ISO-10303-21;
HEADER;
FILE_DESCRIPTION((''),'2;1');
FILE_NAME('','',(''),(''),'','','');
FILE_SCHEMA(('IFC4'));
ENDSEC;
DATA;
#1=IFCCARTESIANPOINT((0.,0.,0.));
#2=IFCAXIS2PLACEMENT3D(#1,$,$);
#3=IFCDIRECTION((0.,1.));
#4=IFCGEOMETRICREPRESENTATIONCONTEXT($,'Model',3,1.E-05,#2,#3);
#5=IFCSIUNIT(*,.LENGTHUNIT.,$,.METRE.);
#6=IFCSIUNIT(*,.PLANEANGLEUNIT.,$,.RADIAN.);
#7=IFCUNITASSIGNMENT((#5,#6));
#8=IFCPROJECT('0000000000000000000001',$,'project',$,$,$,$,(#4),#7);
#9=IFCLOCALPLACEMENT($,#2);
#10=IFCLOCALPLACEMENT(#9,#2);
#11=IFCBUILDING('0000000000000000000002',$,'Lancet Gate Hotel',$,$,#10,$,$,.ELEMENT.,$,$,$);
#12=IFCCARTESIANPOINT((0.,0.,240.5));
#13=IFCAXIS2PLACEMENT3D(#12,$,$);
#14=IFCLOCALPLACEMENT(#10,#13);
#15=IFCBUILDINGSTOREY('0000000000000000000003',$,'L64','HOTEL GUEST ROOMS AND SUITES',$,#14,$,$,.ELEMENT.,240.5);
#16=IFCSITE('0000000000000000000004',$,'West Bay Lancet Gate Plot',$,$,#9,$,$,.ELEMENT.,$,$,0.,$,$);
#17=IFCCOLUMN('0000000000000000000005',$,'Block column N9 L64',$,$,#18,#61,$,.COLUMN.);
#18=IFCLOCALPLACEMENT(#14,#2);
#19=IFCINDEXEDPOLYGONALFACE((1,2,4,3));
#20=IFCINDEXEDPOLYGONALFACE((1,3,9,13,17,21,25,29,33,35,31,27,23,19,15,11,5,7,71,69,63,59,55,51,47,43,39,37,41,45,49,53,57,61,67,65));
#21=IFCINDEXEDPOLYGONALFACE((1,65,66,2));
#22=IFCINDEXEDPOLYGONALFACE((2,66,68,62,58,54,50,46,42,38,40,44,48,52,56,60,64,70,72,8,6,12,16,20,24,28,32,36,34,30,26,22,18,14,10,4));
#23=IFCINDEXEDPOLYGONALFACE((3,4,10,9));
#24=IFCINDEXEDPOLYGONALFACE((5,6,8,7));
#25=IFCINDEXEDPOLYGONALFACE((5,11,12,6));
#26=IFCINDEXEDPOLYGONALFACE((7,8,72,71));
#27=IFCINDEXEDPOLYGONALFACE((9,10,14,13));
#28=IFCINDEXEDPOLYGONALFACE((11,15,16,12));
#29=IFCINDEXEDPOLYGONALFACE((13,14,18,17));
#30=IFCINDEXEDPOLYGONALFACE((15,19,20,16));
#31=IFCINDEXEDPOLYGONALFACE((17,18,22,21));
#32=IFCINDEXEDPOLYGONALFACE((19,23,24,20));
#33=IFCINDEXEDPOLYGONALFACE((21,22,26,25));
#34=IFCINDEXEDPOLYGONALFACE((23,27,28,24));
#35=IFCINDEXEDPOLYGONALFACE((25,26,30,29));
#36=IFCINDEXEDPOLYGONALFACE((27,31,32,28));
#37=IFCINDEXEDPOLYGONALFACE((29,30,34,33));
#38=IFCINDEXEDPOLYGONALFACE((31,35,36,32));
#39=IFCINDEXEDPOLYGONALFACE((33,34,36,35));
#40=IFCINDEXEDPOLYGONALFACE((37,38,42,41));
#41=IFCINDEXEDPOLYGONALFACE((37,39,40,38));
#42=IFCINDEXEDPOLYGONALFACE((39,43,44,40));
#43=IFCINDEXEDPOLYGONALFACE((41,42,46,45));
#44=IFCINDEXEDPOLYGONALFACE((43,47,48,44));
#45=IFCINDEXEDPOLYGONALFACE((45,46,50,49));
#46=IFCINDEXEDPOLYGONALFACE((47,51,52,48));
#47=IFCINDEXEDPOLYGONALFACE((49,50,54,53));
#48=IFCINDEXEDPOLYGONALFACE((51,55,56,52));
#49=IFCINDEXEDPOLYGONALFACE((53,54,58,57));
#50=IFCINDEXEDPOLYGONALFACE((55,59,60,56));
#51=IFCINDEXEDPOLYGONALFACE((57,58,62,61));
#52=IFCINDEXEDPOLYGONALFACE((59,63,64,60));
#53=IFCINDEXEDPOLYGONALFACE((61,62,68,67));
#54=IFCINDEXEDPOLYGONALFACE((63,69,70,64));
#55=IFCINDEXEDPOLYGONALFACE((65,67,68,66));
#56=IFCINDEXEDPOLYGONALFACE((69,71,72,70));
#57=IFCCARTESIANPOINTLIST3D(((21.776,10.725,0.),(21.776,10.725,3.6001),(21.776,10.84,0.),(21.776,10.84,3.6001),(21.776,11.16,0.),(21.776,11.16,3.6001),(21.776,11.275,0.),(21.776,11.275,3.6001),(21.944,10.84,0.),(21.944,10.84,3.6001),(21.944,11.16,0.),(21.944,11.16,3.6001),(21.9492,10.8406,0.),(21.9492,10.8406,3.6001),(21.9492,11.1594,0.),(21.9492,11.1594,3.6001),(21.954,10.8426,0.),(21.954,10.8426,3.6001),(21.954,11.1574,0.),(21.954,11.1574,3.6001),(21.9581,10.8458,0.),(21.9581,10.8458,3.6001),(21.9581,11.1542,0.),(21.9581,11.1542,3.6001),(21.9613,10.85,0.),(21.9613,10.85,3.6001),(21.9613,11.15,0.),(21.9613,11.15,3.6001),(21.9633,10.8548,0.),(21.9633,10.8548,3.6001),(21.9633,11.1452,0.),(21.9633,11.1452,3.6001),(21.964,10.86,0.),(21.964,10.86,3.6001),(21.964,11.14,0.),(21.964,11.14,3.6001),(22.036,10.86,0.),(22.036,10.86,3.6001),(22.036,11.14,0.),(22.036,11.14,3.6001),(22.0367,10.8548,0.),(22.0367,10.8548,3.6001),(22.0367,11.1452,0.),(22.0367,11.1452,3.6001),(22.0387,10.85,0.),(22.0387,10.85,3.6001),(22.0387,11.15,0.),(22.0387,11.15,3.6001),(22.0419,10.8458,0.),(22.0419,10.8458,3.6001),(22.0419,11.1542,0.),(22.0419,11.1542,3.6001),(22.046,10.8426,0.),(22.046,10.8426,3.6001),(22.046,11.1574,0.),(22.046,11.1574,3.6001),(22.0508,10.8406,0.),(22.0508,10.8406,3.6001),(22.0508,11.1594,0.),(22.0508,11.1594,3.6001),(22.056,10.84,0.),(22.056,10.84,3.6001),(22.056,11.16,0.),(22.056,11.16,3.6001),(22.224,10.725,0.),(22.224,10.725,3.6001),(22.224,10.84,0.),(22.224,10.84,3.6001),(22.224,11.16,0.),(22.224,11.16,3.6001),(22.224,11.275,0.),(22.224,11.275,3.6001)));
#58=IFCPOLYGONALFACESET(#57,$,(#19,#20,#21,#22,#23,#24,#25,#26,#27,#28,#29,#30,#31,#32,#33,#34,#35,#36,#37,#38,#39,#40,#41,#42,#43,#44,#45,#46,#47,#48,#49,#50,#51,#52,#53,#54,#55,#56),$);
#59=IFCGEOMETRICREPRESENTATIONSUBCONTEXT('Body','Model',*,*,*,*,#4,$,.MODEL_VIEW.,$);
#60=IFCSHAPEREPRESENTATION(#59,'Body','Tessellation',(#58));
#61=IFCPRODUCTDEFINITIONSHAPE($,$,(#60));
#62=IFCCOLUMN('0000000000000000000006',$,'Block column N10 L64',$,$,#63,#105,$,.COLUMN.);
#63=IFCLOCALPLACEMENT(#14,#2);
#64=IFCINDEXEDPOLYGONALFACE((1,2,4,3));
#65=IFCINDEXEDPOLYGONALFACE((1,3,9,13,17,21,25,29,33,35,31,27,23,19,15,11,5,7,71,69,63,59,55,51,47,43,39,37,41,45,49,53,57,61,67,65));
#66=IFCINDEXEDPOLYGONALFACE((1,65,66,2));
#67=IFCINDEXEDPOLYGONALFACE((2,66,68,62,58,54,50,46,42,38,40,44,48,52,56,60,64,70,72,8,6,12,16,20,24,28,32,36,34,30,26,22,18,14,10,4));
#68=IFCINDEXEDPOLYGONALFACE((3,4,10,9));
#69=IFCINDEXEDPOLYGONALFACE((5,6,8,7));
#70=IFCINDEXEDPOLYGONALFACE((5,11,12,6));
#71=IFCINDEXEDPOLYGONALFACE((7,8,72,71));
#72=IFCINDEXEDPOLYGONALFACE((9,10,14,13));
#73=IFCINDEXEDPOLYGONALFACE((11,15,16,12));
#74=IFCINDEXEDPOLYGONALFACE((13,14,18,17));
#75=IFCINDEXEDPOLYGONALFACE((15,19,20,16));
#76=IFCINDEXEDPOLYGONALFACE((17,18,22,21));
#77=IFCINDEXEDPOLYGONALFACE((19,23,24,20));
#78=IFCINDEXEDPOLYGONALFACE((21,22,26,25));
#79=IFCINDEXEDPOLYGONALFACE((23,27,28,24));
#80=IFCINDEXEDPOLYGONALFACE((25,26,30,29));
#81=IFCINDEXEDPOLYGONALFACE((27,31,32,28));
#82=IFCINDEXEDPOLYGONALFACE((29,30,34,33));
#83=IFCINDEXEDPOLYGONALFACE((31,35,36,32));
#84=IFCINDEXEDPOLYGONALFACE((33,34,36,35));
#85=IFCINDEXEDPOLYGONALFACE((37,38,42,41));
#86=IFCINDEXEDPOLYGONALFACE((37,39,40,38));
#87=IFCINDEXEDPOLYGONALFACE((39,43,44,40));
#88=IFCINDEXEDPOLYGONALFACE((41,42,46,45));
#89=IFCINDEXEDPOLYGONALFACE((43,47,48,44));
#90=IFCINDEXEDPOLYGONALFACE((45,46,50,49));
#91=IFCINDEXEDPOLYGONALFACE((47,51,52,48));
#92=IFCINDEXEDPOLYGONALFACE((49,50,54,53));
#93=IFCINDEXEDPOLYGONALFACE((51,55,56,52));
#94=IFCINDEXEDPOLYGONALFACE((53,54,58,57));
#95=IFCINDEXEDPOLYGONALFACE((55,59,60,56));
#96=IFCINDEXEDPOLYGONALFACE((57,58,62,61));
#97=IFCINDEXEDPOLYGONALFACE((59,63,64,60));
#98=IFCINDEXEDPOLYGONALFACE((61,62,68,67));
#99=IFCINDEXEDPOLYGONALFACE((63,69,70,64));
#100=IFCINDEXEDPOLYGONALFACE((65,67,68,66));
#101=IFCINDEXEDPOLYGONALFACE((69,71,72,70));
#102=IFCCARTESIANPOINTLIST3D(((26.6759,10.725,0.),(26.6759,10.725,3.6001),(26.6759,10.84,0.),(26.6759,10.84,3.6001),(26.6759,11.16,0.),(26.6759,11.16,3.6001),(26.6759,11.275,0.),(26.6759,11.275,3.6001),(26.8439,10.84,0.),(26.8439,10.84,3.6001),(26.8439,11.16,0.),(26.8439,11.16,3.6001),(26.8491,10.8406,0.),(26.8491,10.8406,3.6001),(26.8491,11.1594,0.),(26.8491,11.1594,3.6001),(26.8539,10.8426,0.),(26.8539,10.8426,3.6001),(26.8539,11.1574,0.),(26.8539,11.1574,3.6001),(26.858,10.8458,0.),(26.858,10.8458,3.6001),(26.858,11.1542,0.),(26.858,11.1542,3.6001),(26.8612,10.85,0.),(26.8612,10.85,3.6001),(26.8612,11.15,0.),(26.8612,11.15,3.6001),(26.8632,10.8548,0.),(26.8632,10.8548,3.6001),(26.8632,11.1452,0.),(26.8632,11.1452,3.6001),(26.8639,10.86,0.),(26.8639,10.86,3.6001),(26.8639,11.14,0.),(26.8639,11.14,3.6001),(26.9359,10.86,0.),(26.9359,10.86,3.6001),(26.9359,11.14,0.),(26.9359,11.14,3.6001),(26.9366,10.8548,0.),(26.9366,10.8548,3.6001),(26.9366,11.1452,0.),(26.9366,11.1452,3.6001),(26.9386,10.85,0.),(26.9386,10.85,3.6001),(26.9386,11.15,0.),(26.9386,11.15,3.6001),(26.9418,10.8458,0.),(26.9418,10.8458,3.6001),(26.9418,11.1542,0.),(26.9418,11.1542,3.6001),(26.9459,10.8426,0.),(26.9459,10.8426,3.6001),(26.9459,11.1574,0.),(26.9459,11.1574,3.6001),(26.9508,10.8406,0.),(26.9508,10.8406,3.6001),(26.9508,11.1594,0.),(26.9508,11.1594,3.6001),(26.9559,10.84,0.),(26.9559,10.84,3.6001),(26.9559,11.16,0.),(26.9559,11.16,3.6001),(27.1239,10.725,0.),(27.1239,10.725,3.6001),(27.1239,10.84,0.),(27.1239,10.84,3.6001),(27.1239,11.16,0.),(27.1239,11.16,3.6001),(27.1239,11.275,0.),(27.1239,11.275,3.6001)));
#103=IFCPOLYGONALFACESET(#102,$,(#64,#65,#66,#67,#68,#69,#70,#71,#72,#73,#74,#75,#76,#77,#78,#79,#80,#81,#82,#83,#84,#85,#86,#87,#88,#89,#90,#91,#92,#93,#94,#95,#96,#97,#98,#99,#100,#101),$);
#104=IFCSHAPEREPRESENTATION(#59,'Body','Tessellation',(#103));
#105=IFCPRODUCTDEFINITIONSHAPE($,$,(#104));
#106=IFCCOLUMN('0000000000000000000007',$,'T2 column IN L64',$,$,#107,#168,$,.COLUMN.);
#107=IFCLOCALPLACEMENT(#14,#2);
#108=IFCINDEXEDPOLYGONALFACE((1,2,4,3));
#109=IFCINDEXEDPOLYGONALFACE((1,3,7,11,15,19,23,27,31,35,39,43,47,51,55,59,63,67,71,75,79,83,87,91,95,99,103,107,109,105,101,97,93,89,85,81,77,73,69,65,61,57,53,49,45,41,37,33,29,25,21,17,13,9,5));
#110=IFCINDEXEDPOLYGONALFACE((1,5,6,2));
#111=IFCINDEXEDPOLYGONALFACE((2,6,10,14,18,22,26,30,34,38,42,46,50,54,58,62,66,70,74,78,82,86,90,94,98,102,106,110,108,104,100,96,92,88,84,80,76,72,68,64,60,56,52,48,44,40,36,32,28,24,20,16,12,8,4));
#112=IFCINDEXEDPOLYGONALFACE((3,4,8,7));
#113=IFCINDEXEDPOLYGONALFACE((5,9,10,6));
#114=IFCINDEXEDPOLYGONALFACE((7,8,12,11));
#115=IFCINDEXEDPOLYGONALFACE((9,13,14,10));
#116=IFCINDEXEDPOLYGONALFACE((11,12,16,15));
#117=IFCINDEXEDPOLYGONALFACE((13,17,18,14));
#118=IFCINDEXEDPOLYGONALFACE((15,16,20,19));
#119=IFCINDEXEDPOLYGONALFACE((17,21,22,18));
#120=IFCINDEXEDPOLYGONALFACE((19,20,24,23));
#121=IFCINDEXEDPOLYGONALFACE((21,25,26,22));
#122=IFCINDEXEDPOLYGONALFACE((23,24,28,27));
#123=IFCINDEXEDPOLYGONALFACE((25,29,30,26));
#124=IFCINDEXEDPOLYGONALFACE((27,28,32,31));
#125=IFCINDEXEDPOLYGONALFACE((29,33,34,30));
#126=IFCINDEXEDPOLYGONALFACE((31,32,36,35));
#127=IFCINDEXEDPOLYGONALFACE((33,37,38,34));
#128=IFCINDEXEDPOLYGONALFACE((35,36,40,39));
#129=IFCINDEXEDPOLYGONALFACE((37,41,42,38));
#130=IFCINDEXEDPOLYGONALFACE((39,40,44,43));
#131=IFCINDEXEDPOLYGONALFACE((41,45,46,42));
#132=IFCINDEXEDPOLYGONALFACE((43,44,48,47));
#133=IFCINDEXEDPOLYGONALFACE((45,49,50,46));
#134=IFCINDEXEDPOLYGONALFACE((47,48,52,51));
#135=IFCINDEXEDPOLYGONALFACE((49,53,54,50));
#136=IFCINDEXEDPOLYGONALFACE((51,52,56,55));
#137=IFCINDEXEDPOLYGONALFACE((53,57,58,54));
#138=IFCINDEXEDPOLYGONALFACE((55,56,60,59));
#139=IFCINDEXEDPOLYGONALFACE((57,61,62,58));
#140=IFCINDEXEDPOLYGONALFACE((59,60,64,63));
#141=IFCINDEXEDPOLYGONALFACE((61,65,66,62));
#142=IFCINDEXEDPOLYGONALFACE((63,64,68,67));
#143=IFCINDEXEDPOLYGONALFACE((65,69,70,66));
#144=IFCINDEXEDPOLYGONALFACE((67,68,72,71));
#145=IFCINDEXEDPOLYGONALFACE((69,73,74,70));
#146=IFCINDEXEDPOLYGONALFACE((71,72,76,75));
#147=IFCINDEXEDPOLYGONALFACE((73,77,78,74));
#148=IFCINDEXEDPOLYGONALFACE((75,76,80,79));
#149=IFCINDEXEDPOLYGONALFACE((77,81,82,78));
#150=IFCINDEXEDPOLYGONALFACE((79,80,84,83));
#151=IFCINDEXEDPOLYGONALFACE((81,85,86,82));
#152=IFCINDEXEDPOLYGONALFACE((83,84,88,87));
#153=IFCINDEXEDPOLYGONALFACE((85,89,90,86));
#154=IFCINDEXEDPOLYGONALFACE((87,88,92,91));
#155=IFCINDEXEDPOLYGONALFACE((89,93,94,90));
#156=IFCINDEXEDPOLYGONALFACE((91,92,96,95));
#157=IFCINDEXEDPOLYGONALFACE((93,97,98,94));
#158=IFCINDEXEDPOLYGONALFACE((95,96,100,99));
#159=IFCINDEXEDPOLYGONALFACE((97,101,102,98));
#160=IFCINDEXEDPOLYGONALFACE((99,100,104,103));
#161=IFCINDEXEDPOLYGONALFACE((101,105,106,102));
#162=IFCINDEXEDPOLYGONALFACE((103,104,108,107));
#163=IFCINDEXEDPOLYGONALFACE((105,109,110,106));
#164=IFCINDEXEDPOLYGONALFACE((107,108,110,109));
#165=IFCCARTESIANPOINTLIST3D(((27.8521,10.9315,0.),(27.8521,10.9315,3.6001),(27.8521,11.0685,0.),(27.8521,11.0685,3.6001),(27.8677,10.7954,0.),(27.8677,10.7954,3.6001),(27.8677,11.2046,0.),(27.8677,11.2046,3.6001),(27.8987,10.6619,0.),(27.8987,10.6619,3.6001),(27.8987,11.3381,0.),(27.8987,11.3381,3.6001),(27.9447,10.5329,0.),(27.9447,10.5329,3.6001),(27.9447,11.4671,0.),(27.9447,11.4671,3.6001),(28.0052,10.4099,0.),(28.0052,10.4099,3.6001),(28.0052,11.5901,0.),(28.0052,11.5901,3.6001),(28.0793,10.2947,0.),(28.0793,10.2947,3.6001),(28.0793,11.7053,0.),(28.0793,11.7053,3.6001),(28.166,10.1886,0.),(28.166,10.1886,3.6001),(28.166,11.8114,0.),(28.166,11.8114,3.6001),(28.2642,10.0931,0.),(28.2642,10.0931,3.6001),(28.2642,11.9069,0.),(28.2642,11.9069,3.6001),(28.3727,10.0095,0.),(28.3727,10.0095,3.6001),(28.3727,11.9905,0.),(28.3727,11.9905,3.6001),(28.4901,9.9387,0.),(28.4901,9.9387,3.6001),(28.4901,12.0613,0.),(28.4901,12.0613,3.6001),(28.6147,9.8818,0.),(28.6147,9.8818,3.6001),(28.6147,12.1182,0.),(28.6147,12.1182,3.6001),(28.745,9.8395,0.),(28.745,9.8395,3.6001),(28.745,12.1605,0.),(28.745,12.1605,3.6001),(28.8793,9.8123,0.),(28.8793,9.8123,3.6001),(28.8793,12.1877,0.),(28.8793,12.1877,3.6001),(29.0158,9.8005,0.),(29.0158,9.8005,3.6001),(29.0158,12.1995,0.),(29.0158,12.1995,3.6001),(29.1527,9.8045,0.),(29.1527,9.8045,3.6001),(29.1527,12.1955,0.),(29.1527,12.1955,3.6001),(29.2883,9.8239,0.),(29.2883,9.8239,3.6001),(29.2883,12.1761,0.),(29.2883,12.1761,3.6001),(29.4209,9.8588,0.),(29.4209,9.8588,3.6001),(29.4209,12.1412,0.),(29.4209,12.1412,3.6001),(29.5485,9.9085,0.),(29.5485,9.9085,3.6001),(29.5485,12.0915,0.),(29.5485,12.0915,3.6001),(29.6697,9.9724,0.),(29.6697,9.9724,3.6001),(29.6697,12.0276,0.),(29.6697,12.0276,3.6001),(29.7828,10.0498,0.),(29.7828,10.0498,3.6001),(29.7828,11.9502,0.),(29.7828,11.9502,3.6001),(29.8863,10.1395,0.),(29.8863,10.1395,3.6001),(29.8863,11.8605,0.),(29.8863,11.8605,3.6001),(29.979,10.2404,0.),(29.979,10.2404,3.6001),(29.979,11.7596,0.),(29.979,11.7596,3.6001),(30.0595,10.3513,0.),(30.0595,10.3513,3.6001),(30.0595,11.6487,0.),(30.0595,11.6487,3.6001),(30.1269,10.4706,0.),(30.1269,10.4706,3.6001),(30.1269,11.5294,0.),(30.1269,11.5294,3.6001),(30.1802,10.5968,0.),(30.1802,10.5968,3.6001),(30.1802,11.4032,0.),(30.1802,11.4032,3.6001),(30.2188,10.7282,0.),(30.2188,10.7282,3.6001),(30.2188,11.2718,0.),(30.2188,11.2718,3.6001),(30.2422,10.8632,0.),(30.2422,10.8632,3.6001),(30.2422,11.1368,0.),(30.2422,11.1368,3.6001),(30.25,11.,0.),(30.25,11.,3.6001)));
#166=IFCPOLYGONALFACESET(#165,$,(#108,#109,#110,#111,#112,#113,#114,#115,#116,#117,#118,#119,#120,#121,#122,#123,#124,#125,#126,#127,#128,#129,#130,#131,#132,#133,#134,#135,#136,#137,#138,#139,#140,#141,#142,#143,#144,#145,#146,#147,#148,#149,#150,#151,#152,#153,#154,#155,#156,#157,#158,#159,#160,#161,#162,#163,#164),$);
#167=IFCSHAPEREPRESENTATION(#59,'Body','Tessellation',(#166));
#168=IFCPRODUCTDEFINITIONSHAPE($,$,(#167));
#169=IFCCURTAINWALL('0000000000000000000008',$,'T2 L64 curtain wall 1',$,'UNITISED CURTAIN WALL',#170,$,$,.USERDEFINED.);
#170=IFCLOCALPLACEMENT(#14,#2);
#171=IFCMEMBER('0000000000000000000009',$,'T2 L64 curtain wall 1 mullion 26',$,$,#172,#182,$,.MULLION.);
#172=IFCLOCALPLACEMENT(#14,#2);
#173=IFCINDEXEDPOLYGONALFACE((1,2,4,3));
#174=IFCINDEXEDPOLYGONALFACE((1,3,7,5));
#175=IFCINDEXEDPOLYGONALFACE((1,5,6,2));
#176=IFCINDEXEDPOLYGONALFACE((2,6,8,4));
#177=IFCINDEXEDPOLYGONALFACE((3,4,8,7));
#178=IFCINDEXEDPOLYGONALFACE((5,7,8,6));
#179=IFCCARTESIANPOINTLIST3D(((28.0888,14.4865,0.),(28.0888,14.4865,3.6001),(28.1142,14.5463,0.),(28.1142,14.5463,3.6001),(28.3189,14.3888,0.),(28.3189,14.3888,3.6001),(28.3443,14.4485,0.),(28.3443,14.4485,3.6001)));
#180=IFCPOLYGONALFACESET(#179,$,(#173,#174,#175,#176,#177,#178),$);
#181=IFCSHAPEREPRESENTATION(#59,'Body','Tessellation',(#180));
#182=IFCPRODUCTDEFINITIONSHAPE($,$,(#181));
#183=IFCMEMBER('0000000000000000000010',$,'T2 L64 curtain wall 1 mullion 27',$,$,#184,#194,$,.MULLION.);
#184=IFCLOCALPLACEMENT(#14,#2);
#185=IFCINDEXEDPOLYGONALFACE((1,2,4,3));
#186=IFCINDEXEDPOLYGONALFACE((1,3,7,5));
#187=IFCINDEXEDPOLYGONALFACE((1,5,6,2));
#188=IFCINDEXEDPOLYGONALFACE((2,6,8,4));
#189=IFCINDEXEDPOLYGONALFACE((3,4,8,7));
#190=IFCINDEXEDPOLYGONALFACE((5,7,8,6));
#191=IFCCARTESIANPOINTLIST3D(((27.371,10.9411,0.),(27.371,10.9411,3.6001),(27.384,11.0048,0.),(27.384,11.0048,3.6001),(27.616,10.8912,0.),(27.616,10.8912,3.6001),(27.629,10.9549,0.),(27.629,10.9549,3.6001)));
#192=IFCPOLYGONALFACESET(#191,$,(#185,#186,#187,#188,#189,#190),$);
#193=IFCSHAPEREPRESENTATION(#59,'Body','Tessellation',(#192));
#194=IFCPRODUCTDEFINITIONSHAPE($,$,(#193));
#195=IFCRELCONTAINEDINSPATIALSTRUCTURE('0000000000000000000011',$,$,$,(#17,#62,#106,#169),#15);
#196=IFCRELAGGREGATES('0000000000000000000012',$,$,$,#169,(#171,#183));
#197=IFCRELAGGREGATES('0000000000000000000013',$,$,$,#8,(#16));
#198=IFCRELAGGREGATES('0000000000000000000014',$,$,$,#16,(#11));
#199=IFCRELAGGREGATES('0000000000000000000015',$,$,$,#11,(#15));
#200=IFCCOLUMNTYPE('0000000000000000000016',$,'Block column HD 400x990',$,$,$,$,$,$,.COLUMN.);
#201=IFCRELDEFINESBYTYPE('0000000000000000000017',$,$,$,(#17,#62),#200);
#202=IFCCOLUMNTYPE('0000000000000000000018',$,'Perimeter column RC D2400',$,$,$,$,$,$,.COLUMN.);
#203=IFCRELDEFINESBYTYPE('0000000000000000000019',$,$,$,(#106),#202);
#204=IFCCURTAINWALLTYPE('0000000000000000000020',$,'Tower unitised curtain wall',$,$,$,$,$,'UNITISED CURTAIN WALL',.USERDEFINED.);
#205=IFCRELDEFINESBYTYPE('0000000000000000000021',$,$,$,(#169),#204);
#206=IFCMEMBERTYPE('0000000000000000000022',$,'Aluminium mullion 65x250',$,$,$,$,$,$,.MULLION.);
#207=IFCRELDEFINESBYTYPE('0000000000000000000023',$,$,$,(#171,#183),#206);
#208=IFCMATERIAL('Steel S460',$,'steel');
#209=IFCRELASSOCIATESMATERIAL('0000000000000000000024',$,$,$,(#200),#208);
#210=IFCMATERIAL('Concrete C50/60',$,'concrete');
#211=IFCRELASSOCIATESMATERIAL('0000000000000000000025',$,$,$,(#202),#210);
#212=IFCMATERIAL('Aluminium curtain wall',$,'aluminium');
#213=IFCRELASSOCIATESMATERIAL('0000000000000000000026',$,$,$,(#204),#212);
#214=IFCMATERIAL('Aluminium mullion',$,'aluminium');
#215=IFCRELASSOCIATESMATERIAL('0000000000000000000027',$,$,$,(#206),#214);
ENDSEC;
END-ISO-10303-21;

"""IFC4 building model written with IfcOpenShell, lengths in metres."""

from ifc_helpers import new_model, si_unit, direction, frame, origin, origin_2d, place, context, subcontext, project, spatial, rectangle, circle, i_section, extrude, material, material_profile, profile_set, type_object, element, aggregate, save


model = new_model("IFC4")

# Units and contexts
model_context = context("Model", 3, precision=1e-05, world=origin(), true_north=direction((0.0, 1.0)))
body_context = subcontext(model_context, "Body", "Model", "MODEL_VIEW")
ifc_project = project(units=[si_unit("LENGTHUNIT", "METRE"), si_unit("PLANEANGLEUNIT", "RADIAN")], contexts=[model_context])

# Site, building, storey
site_placement = place(None, origin())
site = spatial("IfcSite", under=ifc_project, at=site_placement, Name="West Bay Lancet Gate Plot", CompositionType="ELEMENT", RefElevation=0.0)
building_placement = place(site_placement, origin())
building = spatial("IfcBuilding", under=site, at=building_placement, Name="Lancet Gate Hotel", CompositionType="ELEMENT")
storey_placement = place(building_placement, frame((0.0, 0.0, 240.5)))
storey = spatial("IfcBuildingStorey", under=building, at=storey_placement, Name="L64", Description="HOTEL GUEST ROOMS AND SUITES", CompositionType="ELEMENT", Elevation=240.5)

# Columns
ifc_material_1 = material(Name="Steel S460", Category="steel")
ifc_material_profile_1 = material_profile(ifc_material_1, i_section(OverallWidth=0.448, OverallDepth=0.55, WebThickness=0.072, FlangeThickness=0.115, FilletRadius=0.02, at=origin_2d()), Name="HD 400x990")
ifc_profile_set_1 = profile_set([ifc_material_profile_1], Name="Steel S460")
column_type_1 = type_object("IfcColumnType", Name="Block column HD 400x990", PredefinedType="COLUMN", material=ifc_profile_set_1)
for number, where, z_axis, x_axis, name in (
    (1, (22.0, 11.0, 0.0), (0.0, 0.0, 1.0), (1.0, 0.0, 0.0), "Block column N9 L64"),
    (2, (26.8999, 11.0, 0.0), (0.0, 0.0, 1.0), (1.0, 0.0, 0.0), "Block column N10 L64"),
):
    element("IfcColumn", number, at=place(storey_placement, frame(where, z_axis=z_axis, x_axis=x_axis)), inside=storey, type_object=column_type_1, Name=name, PredefinedType="COLUMN", context=body_context, shape_type="SweptSolid", body=[
        extrude(i_section(OverallWidth=0.448, OverallDepth=0.55, WebThickness=0.072, FlangeThickness=0.115, FilletRadius=0.02, at=origin_2d()), origin(), (0.0, 0.0, 1.0), 3.6001),
    ])
ifc_material_2 = material(Name="Concrete C50/60", Category="concrete")
ifc_material_profile_2 = material_profile(ifc_material_2, circle(Radius=1.2, at=origin_2d()), Name="RC D2400")
ifc_profile_set_2 = profile_set([ifc_material_profile_2], Name="Concrete C50/60")
column_type_2 = type_object("IfcColumnType", Name="Perimeter column RC D2400", PredefinedType="COLUMN", material=ifc_profile_set_2)
column_placement = place(storey_placement, frame((29.05, 11.0, 0.0), z_axis=(0.0, 0.0, 1.0), x_axis=(1.0, 0.0, 0.0)))
element("IfcColumn", 3, at=column_placement, inside=storey, type_object=column_type_2, Name="T2 column IN L64", PredefinedType="COLUMN", context=body_context, shape_type="SweptSolid", body=[
    extrude(circle(Radius=1.2, at=origin_2d()), origin(), (0.0, 0.0, 1.0), 3.6001),
])

# Curtain wall, members
ifc_material_3 = material(Name="Aluminium curtain wall", Category="aluminium")
curtain_wall_type_1 = type_object("IfcCurtainWallType", Name="Tower unitised curtain wall", ElementType="UNITISED CURTAIN WALL", PredefinedType="USERDEFINED", material=ifc_material_3)
curtain_wall_1_placement = place(storey_placement, origin())
curtain_wall_1 = element("IfcCurtainWall", 4, at=curtain_wall_1_placement, inside=storey, type_object=curtain_wall_type_1, Name="T2 L64 curtain wall 1", ObjectType="UNITISED CURTAIN WALL", PredefinedType="USERDEFINED")
ifc_material_4 = material(Name="Aluminium mullion", Category="aluminium")
ifc_material_profile_3 = material_profile(ifc_material_4, rectangle(XDim=0.0649, YDim=0.25, at=origin_2d()), Name="MULLION 65x250")
ifc_profile_set_3 = profile_set([ifc_material_profile_3], Name="Aluminium mullion")
member_type_1 = type_object("IfcMemberType", Name="Aluminium mullion 65x250", PredefinedType="MULLION", material=ifc_profile_set_3)
member_1_placement = place(storey_placement, frame((28.2166, 14.4675, 0.0), z_axis=(0.0, 0.0, 1.0), x_axis=(-0.391042, -0.920373, 0.0)))
member_1 = element("IfcMember", 5, at=member_1_placement, type_object=member_type_1, Name="T2 L64 curtain wall 1 mullion 26", PredefinedType="MULLION", context=body_context, shape_type="SweptSolid", body=[
    extrude(rectangle(XDim=0.0649, YDim=0.25, at=origin_2d()), origin(), (0.0, 0.0, 1.0), 3.6001),
])
member_2_placement = place(storey_placement, frame((27.5, 10.948, 0.0), z_axis=(0.0, 0.0, 1.0), x_axis=(-0.199533, -0.979891, 0.0)))
member_2 = element("IfcMember", 6, at=member_2_placement, type_object=member_type_1, Name="T2 L64 curtain wall 1 mullion 27", PredefinedType="MULLION", context=body_context, shape_type="SweptSolid", body=[
    extrude(rectangle(XDim=0.0649, YDim=0.25, at=origin_2d()), origin(), (0.0, 0.0, 1.0), 3.6001),
])

aggregate(curtain_wall_1, [member_1, member_2])

save(model, "model.ifc")
